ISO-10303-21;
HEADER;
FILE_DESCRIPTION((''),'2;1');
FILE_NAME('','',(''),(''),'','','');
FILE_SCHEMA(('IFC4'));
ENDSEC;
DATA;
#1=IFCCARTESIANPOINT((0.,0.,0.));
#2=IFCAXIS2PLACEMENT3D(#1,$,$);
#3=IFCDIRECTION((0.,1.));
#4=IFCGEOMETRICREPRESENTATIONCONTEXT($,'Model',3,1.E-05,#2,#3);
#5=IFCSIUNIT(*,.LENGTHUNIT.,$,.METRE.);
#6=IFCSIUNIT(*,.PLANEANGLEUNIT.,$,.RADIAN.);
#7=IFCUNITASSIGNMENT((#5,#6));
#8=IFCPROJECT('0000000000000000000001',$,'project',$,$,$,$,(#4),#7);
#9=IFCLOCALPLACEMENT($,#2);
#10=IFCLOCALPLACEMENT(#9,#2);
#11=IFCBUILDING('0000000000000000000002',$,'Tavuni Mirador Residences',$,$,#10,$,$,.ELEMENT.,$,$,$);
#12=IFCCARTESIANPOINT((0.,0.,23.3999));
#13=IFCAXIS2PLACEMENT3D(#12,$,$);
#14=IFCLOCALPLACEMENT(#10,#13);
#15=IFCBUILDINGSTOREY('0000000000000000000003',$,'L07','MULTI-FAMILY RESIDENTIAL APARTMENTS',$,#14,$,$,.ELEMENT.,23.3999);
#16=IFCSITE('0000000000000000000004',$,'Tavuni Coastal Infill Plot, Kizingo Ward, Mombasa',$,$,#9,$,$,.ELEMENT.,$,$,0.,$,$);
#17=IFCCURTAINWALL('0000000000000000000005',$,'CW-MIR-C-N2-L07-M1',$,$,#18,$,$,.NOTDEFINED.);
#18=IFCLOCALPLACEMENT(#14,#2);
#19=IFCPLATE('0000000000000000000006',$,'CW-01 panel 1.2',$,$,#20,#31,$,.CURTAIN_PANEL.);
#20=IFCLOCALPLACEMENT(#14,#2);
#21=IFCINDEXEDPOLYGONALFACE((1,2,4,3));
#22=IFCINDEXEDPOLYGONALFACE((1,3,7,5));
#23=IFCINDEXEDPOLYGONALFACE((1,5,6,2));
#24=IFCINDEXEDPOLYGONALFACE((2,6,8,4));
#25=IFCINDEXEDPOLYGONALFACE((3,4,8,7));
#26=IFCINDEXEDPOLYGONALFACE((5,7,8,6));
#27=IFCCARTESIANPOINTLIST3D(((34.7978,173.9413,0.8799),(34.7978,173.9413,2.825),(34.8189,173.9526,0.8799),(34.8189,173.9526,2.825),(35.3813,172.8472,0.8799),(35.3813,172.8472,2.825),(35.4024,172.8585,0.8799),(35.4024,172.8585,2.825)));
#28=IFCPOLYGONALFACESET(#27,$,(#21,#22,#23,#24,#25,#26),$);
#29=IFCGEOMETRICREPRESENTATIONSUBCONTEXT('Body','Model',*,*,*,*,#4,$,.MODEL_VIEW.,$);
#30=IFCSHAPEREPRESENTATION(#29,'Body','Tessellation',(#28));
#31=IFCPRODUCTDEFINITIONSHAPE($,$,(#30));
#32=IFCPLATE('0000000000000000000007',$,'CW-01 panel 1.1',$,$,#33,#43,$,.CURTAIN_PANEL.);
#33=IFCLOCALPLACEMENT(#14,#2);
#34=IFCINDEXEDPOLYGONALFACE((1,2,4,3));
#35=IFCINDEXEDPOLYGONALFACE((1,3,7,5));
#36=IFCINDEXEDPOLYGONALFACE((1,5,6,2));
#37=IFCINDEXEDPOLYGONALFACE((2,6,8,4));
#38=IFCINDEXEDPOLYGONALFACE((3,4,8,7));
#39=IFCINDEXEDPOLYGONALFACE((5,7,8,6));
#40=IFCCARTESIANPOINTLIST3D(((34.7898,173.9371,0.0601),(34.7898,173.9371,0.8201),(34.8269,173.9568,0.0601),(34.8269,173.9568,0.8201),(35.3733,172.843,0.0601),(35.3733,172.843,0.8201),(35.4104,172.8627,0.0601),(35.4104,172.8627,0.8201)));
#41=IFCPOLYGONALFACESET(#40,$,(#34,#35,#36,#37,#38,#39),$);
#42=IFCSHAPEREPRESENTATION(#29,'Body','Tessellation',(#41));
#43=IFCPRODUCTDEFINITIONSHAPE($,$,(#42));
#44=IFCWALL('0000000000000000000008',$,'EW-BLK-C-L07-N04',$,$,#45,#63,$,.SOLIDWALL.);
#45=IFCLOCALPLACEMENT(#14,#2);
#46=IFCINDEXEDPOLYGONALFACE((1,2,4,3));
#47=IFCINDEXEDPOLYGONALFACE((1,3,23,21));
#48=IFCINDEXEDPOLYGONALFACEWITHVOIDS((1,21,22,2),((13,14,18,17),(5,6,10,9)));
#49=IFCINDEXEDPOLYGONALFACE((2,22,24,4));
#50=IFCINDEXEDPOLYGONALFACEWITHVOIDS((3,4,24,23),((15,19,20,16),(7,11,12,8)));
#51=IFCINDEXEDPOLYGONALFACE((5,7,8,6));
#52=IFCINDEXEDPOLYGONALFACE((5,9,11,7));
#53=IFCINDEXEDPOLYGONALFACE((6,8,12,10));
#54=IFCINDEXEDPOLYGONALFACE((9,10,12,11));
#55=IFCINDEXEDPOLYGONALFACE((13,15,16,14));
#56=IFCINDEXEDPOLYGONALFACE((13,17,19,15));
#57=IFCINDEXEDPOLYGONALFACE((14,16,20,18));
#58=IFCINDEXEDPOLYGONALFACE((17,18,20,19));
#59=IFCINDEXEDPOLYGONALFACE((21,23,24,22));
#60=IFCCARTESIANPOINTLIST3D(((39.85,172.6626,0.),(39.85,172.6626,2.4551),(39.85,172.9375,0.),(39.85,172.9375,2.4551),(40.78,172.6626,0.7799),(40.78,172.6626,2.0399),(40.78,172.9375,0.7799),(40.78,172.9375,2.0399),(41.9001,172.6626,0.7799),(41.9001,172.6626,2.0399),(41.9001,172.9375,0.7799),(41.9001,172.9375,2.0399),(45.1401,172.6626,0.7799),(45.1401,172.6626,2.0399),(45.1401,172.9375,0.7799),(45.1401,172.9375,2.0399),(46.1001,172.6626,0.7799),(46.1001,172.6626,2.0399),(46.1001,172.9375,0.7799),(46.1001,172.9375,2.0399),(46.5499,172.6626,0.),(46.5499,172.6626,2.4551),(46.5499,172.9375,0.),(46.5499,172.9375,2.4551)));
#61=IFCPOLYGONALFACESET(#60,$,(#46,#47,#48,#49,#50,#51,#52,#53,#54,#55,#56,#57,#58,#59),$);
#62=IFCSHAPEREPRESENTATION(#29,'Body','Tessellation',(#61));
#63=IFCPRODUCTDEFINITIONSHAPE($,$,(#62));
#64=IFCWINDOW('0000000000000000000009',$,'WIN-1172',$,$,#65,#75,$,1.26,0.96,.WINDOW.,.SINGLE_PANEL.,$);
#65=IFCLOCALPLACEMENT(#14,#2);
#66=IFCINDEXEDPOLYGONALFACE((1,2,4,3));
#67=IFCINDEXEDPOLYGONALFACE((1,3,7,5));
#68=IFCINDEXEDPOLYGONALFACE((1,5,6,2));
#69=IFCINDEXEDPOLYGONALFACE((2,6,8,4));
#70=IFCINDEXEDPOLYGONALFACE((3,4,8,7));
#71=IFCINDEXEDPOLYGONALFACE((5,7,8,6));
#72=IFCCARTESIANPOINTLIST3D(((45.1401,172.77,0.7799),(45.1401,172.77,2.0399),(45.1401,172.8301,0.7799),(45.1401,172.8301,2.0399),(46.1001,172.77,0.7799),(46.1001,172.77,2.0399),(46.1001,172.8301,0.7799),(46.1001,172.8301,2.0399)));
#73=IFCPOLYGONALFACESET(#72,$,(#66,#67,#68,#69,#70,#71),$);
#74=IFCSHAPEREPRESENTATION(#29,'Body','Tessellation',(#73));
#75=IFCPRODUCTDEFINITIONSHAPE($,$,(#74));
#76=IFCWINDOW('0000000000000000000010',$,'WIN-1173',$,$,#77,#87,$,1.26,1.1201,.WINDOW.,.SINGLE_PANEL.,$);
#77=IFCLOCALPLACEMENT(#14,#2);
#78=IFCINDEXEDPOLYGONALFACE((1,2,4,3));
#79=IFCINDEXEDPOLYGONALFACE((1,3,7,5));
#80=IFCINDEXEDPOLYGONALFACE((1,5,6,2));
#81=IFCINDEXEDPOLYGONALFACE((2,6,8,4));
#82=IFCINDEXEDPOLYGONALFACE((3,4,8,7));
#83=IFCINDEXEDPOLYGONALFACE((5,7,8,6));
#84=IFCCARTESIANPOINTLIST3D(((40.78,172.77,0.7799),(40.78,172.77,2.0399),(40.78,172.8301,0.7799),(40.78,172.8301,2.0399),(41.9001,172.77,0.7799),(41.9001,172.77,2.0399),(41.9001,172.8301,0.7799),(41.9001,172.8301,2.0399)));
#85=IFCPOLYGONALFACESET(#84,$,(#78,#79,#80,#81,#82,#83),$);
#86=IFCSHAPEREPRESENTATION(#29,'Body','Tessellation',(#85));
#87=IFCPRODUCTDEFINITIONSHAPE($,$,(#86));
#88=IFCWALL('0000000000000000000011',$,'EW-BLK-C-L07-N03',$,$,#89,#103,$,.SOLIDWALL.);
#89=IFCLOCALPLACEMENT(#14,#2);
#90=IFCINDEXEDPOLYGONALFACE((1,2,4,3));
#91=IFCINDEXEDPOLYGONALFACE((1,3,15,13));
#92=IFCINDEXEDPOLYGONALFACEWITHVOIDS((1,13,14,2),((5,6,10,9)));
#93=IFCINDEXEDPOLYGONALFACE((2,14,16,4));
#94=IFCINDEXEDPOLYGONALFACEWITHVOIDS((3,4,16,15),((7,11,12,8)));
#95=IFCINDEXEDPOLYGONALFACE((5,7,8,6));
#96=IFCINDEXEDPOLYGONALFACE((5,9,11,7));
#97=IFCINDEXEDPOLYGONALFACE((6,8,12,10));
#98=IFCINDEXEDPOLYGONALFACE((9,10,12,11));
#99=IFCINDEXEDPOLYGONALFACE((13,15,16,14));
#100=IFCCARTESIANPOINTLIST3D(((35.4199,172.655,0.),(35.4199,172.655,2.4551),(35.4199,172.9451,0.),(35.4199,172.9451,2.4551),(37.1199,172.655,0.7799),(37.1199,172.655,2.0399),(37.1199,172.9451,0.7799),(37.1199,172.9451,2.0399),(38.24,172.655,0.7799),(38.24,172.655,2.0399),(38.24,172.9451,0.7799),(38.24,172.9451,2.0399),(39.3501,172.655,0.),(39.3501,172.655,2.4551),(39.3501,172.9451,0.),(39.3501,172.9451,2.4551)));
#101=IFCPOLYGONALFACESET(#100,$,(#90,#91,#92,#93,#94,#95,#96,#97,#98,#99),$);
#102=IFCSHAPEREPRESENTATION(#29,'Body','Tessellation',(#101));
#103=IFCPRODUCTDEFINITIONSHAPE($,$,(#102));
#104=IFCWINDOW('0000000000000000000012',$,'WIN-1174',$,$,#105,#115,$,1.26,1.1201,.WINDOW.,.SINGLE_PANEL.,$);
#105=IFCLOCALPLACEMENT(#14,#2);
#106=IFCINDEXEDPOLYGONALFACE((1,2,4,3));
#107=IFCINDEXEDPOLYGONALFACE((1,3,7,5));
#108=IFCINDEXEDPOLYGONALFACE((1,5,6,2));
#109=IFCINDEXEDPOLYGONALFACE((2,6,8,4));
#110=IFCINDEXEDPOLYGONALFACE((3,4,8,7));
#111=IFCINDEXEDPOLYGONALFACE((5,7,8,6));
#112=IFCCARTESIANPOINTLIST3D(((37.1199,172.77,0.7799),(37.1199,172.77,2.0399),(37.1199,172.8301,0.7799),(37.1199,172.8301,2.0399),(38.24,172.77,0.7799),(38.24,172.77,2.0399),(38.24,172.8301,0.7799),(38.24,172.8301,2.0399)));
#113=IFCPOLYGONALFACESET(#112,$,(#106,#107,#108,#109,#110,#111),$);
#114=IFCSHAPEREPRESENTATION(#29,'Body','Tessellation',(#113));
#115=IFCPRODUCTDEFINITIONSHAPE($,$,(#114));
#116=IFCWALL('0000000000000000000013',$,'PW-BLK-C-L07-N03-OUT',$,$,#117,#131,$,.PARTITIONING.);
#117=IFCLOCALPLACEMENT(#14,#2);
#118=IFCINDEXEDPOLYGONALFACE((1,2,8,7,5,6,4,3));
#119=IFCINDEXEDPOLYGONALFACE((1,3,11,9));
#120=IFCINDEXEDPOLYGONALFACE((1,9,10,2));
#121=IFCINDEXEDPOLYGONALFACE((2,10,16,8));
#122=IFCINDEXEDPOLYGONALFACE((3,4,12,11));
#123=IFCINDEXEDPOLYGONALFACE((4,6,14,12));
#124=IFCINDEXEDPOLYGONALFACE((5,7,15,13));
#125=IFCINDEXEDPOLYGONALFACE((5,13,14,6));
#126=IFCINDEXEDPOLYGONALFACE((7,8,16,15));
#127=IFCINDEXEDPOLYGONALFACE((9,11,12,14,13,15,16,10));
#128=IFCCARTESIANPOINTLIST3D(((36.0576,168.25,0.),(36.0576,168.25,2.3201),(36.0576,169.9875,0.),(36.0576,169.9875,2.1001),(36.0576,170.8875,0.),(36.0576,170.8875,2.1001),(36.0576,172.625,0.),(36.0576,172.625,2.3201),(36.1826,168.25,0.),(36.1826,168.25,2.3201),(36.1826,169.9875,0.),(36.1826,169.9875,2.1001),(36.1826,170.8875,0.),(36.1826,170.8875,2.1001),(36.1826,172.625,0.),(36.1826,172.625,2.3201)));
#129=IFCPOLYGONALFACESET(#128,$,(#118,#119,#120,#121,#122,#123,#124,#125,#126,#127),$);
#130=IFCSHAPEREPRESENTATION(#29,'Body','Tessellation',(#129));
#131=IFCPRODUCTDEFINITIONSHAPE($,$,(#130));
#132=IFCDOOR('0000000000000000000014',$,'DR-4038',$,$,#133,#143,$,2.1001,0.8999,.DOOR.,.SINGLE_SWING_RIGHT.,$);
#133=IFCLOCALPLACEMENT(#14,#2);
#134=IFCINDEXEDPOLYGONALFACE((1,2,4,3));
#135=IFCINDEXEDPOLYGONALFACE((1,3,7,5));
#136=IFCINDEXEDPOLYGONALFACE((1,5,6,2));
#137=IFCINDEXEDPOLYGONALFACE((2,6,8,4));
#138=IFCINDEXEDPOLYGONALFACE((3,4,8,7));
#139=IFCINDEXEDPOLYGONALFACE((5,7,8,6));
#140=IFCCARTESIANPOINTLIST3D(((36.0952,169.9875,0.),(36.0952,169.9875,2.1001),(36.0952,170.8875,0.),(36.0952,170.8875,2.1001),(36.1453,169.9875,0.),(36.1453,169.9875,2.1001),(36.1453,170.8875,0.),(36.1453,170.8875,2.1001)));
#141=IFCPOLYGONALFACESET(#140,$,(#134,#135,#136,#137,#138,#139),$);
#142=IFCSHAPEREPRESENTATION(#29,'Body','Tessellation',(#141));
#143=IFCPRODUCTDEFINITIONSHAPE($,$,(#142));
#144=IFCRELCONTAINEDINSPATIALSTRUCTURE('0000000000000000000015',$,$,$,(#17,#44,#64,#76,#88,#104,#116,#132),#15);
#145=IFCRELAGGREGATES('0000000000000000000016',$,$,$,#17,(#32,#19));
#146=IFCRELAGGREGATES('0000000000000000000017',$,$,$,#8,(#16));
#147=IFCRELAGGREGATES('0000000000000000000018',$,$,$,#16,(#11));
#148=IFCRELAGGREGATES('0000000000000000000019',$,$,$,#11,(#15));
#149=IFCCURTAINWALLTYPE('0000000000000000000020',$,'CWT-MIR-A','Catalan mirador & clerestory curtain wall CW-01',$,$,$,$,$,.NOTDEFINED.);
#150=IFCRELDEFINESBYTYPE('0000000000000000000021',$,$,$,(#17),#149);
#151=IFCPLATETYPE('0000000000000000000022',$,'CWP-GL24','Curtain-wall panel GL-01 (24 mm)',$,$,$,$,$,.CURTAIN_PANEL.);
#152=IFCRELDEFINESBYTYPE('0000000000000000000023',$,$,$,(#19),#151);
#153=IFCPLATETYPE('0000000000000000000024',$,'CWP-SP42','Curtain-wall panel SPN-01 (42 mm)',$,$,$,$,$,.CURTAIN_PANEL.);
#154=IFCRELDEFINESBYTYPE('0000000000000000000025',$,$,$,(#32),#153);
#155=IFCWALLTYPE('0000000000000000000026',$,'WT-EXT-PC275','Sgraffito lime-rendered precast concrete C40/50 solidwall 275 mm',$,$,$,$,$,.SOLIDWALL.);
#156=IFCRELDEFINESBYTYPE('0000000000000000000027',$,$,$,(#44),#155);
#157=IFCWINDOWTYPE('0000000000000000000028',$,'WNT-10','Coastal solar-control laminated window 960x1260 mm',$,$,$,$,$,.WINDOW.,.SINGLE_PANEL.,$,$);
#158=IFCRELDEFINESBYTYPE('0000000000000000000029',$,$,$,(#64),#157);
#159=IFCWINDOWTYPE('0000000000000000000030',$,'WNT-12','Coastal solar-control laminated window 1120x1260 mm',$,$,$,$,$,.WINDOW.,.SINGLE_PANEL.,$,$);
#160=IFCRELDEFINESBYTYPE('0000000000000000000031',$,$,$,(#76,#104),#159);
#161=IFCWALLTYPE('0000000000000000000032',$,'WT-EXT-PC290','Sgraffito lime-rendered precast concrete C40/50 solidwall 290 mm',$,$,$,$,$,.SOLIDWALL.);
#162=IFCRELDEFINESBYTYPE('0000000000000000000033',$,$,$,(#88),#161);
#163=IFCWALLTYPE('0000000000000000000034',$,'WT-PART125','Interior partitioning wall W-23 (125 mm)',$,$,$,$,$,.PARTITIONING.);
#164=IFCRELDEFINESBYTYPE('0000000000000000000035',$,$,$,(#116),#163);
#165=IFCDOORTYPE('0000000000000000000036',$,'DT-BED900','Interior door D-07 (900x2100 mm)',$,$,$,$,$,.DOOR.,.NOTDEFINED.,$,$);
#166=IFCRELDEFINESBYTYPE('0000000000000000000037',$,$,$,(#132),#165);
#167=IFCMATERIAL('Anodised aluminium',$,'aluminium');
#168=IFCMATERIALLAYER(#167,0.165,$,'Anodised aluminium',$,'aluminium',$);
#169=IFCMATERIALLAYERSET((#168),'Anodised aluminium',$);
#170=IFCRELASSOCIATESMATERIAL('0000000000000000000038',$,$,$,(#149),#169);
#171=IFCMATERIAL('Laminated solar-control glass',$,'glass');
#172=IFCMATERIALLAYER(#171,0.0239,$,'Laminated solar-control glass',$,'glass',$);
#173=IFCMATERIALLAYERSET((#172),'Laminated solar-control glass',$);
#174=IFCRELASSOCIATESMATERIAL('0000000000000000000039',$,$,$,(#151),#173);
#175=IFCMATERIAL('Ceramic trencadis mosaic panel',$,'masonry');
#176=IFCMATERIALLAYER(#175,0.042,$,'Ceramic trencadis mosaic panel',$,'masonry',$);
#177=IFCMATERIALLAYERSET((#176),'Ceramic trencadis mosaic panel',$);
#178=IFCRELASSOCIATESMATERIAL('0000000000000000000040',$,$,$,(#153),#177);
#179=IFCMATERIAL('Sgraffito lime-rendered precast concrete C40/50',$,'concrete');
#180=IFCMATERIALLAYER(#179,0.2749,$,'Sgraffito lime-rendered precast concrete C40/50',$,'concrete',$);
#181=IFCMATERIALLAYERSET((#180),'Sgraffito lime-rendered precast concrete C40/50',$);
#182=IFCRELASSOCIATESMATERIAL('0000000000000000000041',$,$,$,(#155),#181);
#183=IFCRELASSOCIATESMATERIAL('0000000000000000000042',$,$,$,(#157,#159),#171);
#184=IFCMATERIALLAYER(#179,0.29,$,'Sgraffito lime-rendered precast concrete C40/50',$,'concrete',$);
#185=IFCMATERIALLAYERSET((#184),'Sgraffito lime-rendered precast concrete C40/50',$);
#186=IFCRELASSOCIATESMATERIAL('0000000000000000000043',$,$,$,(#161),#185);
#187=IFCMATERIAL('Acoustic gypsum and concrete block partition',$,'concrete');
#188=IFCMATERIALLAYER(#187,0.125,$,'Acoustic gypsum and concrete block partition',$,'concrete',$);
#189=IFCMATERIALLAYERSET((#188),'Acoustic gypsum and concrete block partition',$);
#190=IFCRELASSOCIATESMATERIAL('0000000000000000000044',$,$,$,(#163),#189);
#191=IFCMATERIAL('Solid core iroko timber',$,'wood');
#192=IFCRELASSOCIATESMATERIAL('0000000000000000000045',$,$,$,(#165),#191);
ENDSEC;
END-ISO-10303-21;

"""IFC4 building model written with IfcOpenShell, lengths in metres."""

from ifc_helpers import new_model, si_unit, direction, frame, frame_2d, origin, origin_2d, place, context, subcontext, project, spatial, rectangle, extrude, material, layer, layer_set, type_object, element, fill, aggregate, save


model = new_model("IFC4")

# Units and contexts
model_context = context("Model", 3, precision=1e-05, world=origin(), true_north=direction((0.0, 1.0)))
body_context = subcontext(model_context, "Body", "Model", "MODEL_VIEW")
ifc_project = project(units=[si_unit("LENGTHUNIT", "METRE"), si_unit("PLANEANGLEUNIT", "RADIAN")], contexts=[model_context])

# Site, building, storey
site_placement = place(None, origin())
site = spatial("IfcSite", under=ifc_project, at=site_placement, Name="Tavuni Coastal Infill Plot, Kizingo Ward, Mombasa", CompositionType="ELEMENT", RefElevation=0.0)
building_placement = place(site_placement, origin())
building = spatial("IfcBuilding", under=site, at=building_placement, Name="Tavuni Mirador Residences", CompositionType="ELEMENT")
storey_placement = place(building_placement, frame((0.0, 0.0, 23.3999)))
storey = spatial("IfcBuildingStorey", under=building, at=storey_placement, Name="L07", Description="MULTI-FAMILY RESIDENTIAL APARTMENTS", CompositionType="ELEMENT", Elevation=23.3999)

# Curtain wall
ifc_material_1 = material(Name="Anodised aluminium", Category="aluminium")
ifc_layer_1 = layer(ifc_material_1, 0.165, Name="Anodised aluminium", Category="aluminium")
ifc_layer_set_1 = layer_set([ifc_layer_1], Name="Anodised aluminium")
curtain_wall_type_1 = type_object("IfcCurtainWallType", Name="CWT-MIR-A", Description="Catalan mirador & clerestory curtain wall CW-01", PredefinedType="NOTDEFINED", material=ifc_layer_set_1)
curtain_wall_1_placement = place(storey_placement, origin())
curtain_wall_1 = element("IfcCurtainWall", 1, at=curtain_wall_1_placement, inside=storey, type_object=curtain_wall_type_1, Name="CW-MIR-C-N2-L07-M1", PredefinedType="NOTDEFINED")

# Plates
ifc_material_2 = material(Name="Laminated solar-control glass", Category="glass")
ifc_layer_2 = layer(ifc_material_2, 0.0239, Name="Laminated solar-control glass", Category="glass")
ifc_layer_set_2 = layer_set([ifc_layer_2], Name="Laminated solar-control glass")
plate_type_1 = type_object("IfcPlateType", Name="CWP-GL24", Description="Curtain-wall panel GL-01 (24 mm)", PredefinedType="CURTAIN_PANEL", material=ifc_layer_set_2)
plate_1_placement = place(storey_placement, frame((35.1001, 173.3999, 0.8799), z_axis=(0.0, 0.0, 1.0), x_axis=(-0.470588, 0.882353, 0.0)))
plate_1 = element("IfcPlate", 2, at=plate_1_placement, type_object=plate_type_1, Name="CW-01 panel 1.2", PredefinedType="CURTAIN_PANEL", context=body_context, shape_type="SweptSolid", body=[
    extrude(rectangle(XDim=1.24, YDim=0.0239, at=origin_2d()), origin(), (0.0, 0.0, 1.0), 1.9451),
])
ifc_material_3 = material(Name="Ceramic trencadis mosaic panel", Category="masonry")
ifc_layer_3 = layer(ifc_material_3, 0.042, Name="Ceramic trencadis mosaic panel", Category="masonry")
ifc_layer_set_3 = layer_set([ifc_layer_3], Name="Ceramic trencadis mosaic panel")
plate_type_2 = type_object("IfcPlateType", Name="CWP-SP42", Description="Curtain-wall panel SPN-01 (42 mm)", PredefinedType="CURTAIN_PANEL", material=ifc_layer_set_3)
plate_2_placement = place(storey_placement, frame((35.1001, 173.3999, 0.0601), z_axis=(0.0, 0.0, 1.0), x_axis=(-0.470588, 0.882353, 0.0)))
plate_2 = element("IfcPlate", 3, at=plate_2_placement, type_object=plate_type_2, Name="CW-01 panel 1.1", PredefinedType="CURTAIN_PANEL", context=body_context, shape_type="SweptSolid", body=[
    extrude(rectangle(XDim=1.24, YDim=0.042, at=origin_2d()), origin(), (0.0, 0.0, 1.0), 0.76),
])
aggregate(curtain_wall_1, [plate_2, plate_1])

# Wall, openings, windows
ifc_material_4 = material(Name="Sgraffito lime-rendered precast concrete C40/50", Category="concrete")
ifc_layer_4 = layer(ifc_material_4, 0.2749, Name="Sgraffito lime-rendered precast concrete C40/50", Category="concrete")
ifc_layer_set_4 = layer_set([ifc_layer_4], Name="Sgraffito lime-rendered precast concrete C40/50")
wall_type_1 = type_object("IfcWallType", Name="WT-EXT-PC275", Description="Sgraffito lime-rendered precast concrete C40/50 solidwall 275 mm", PredefinedType="SOLIDWALL", material=ifc_layer_set_4)
wall_1_placement = place(storey_placement, frame((46.55, 172.8, 0.0), z_axis=(0.0, 0.0, 1.0), x_axis=(-1.0, 0.0, 0.0)))
wall_1 = element("IfcWall", 4, at=wall_1_placement, inside=storey, type_object=wall_type_1, Name="EW-BLK-C-L07-N04", PredefinedType="SOLIDWALL", context=body_context, shape_type="SweptSolid", body=[
    extrude(rectangle(XDim=6.7, YDim=0.2749, at=frame_2d((3.3501, 0.0))), origin(), (0.0, 0.0, 1.0), 2.4551),
])
opening_1_placement = place(wall_1_placement, frame((0.45, 0.0, 0.78)))
opening_1 = element("IfcOpeningElement", 5, at=opening_1_placement, cuts=wall_1, PredefinedType="OPENING", context=body_context, shape_type="SweptSolid", body=[
    extrude(rectangle(XDim=0.96, YDim=1.26, at=frame_2d((0.48, 0.6299))), frame((0.0, 0.1475, 0.0), z_axis=(0.0, -1.0, 0.0), x_axis=(1.0, 0.0, 0.0)), (0.0, 0.0, 1.0), 0.2949),
])
opening_2_placement = place(wall_1_placement, frame((4.6499, 0.0, 0.78)))
opening_2 = element("IfcOpeningElement", 6, at=opening_2_placement, cuts=wall_1, PredefinedType="OPENING", context=body_context, shape_type="SweptSolid", body=[
    extrude(rectangle(XDim=1.1201, YDim=1.26, at=frame_2d((0.5601, 0.6299))), frame((0.0, 0.1475, 0.0), z_axis=(0.0, -1.0, 0.0), x_axis=(1.0, 0.0, 0.0)), (0.0, 0.0, 1.0), 0.2949),
])
window_type_1 = type_object("IfcWindowType", Name="WNT-10", Description="Coastal solar-control laminated window 960x1260 mm", PartitioningType="SINGLE_PANEL", PredefinedType="WINDOW", material=ifc_material_2)
window_1_placement = place(opening_1_placement, origin())
window_1 = element("IfcWindow", 7, at=window_1_placement, inside=storey, type_object=window_type_1, Name="WIN-1172", OverallHeight=1.26, OverallWidth=0.96, PartitioningType="SINGLE_PANEL", PredefinedType="WINDOW", context=body_context, shape_type="SweptSolid", body=[
    extrude(rectangle(XDim=0.96, YDim=1.26, at=frame_2d((0.48, 0.6299))), frame((0.0, 0.03, 0.0), z_axis=(0.0, -1.0, 0.0), x_axis=(1.0, 0.0, 0.0)), (0.0, 0.0, 1.0), 0.0601),
])
fill(opening_1, window_1)
window_type_2 = type_object("IfcWindowType", Name="WNT-12", Description="Coastal solar-control laminated window 1120x1260 mm", PartitioningType="SINGLE_PANEL", PredefinedType="WINDOW", material=ifc_material_2)
window_2_placement = place(opening_2_placement, origin())
window_2 = element("IfcWindow", 8, at=window_2_placement, inside=storey, type_object=window_type_2, Name="WIN-1173", OverallHeight=1.26, OverallWidth=1.1201, PartitioningType="SINGLE_PANEL", PredefinedType="WINDOW", context=body_context, shape_type="SweptSolid", body=[
    extrude(rectangle(XDim=1.1201, YDim=1.26, at=frame_2d((0.5601, 0.6299))), frame((0.0, 0.03, 0.0), z_axis=(0.0, -1.0, 0.0), x_axis=(1.0, 0.0, 0.0)), (0.0, 0.0, 1.0), 0.0601),
])
fill(opening_2, window_2)

# Wall, opening, window
ifc_layer_5 = layer(ifc_material_4, 0.29, Name="Sgraffito lime-rendered precast concrete C40/50", Category="concrete")
ifc_layer_set_5 = layer_set([ifc_layer_5], Name="Sgraffito lime-rendered precast concrete C40/50")
wall_type_2 = type_object("IfcWallType", Name="WT-EXT-PC290", Description="Sgraffito lime-rendered precast concrete C40/50 solidwall 290 mm", PredefinedType="SOLIDWALL", material=ifc_layer_set_5)
wall_2_placement = place(storey_placement, frame((39.3501, 172.8, 0.0), z_axis=(0.0, 0.0, 1.0), x_axis=(-1.0, 0.0, 0.0)))
wall_2 = element("IfcWall", 9, at=wall_2_placement, inside=storey, type_object=wall_type_2, Name="EW-BLK-C-L07-N03", PredefinedType="SOLIDWALL", context=body_context, shape_type="SweptSolid", body=[
    extrude(rectangle(XDim=3.9302, YDim=0.29, at=frame_2d((1.9651, 0.0))), origin(), (0.0, 0.0, 1.0), 2.4551),
])
opening_3_placement = place(wall_2_placement, frame((1.1101, 0.0, 0.78)))
opening_3 = element("IfcOpeningElement", 10, at=opening_3_placement, cuts=wall_2, PredefinedType="OPENING", context=body_context, shape_type="SweptSolid", body=[
    extrude(rectangle(XDim=1.1201, YDim=1.26, at=frame_2d((0.5601, 0.6299))), frame((0.0, 0.155, 0.0), z_axis=(0.0, -1.0, 0.0), x_axis=(1.0, 0.0, 0.0)), (0.0, 0.0, 1.0), 0.3101),
])
window_3_placement = place(opening_3_placement, origin())
window_3 = element("IfcWindow", 11, at=window_3_placement, inside=storey, type_object=window_type_2, Name="WIN-1174", OverallHeight=1.26, OverallWidth=1.1201, PartitioningType="SINGLE_PANEL", PredefinedType="WINDOW", context=body_context, shape_type="SweptSolid", body=[
    extrude(rectangle(XDim=1.1201, YDim=1.26, at=frame_2d((0.5601, 0.6299))), frame((0.0, 0.03, 0.0), z_axis=(0.0, -1.0, 0.0), x_axis=(1.0, 0.0, 0.0)), (0.0, 0.0, 1.0), 0.0601),
])
fill(opening_3, window_3)

# Wall, opening, door
ifc_material_5 = material(Name="Acoustic gypsum and concrete block partition", Category="concrete")
ifc_layer_6 = layer(ifc_material_5, 0.125, Name="Acoustic gypsum and concrete block partition", Category="concrete")
ifc_layer_set_6 = layer_set([ifc_layer_6], Name="Acoustic gypsum and concrete block partition")
wall_type_3 = type_object("IfcWallType", Name="WT-PART125", Description="Interior partitioning wall W-23 (125 mm)", PredefinedType="PARTITIONING", material=ifc_layer_set_6)
wall_3_placement = place(storey_placement, frame((36.1201, 168.25, 0.0), z_axis=(0.0, 0.0, 1.0), x_axis=(0.0, 1.0, 0.0)))
wall_3 = element("IfcWall", 12, at=wall_3_placement, inside=storey, type_object=wall_type_3, Name="PW-BLK-C-L07-N03-OUT", PredefinedType="PARTITIONING", context=body_context, shape_type="SweptSolid", body=[
    extrude(rectangle(XDim=4.375, YDim=0.125, at=frame_2d((2.1875, 0.0))), origin(), (0.0, 0.0, 1.0), 2.3201),
])
opening_4_placement = place(wall_3_placement, frame((1.7375, 0.0, 0.0)))
opening_4 = element("IfcOpeningElement", 13, at=opening_4_placement, cuts=wall_3, PredefinedType="OPENING", context=body_context, shape_type="SweptSolid", body=[
    extrude(rectangle(XDim=0.8999, YDim=2.1001, at=frame_2d((0.45, 1.05))), frame((0.0, 0.0725, 0.0), z_axis=(0.0, -1.0, 0.0), x_axis=(1.0, 0.0, 0.0)), (0.0, 0.0, 1.0), 0.145),
])
ifc_material_6 = material(Name="Solid core iroko timber", Category="wood")
door_type_1 = type_object("IfcDoorType", Name="DT-BED900", Description="Interior door D-07 (900x2100 mm)", OperationType="NOTDEFINED", PredefinedType="DOOR", material=ifc_material_6)
door_1_placement = place(opening_4_placement, origin())
door_1 = element("IfcDoor", 14, at=door_1_placement, inside=storey, type_object=door_type_1, Name="DR-4038", OperationType="SINGLE_SWING_RIGHT", OverallHeight=2.1001, OverallWidth=0.8999, PredefinedType="DOOR", context=body_context, shape_type="SweptSolid", body=[
    extrude(rectangle(XDim=0.8999, YDim=2.1001, at=frame_2d((0.45, 1.05))), frame((0.0, 0.0249, 0.0), z_axis=(0.0, -1.0, 0.0), x_axis=(1.0, 0.0, 0.0)), (0.0, 0.0, 1.0), 0.05),
])
fill(opening_4, door_1)

save(model, "model.ifc")
